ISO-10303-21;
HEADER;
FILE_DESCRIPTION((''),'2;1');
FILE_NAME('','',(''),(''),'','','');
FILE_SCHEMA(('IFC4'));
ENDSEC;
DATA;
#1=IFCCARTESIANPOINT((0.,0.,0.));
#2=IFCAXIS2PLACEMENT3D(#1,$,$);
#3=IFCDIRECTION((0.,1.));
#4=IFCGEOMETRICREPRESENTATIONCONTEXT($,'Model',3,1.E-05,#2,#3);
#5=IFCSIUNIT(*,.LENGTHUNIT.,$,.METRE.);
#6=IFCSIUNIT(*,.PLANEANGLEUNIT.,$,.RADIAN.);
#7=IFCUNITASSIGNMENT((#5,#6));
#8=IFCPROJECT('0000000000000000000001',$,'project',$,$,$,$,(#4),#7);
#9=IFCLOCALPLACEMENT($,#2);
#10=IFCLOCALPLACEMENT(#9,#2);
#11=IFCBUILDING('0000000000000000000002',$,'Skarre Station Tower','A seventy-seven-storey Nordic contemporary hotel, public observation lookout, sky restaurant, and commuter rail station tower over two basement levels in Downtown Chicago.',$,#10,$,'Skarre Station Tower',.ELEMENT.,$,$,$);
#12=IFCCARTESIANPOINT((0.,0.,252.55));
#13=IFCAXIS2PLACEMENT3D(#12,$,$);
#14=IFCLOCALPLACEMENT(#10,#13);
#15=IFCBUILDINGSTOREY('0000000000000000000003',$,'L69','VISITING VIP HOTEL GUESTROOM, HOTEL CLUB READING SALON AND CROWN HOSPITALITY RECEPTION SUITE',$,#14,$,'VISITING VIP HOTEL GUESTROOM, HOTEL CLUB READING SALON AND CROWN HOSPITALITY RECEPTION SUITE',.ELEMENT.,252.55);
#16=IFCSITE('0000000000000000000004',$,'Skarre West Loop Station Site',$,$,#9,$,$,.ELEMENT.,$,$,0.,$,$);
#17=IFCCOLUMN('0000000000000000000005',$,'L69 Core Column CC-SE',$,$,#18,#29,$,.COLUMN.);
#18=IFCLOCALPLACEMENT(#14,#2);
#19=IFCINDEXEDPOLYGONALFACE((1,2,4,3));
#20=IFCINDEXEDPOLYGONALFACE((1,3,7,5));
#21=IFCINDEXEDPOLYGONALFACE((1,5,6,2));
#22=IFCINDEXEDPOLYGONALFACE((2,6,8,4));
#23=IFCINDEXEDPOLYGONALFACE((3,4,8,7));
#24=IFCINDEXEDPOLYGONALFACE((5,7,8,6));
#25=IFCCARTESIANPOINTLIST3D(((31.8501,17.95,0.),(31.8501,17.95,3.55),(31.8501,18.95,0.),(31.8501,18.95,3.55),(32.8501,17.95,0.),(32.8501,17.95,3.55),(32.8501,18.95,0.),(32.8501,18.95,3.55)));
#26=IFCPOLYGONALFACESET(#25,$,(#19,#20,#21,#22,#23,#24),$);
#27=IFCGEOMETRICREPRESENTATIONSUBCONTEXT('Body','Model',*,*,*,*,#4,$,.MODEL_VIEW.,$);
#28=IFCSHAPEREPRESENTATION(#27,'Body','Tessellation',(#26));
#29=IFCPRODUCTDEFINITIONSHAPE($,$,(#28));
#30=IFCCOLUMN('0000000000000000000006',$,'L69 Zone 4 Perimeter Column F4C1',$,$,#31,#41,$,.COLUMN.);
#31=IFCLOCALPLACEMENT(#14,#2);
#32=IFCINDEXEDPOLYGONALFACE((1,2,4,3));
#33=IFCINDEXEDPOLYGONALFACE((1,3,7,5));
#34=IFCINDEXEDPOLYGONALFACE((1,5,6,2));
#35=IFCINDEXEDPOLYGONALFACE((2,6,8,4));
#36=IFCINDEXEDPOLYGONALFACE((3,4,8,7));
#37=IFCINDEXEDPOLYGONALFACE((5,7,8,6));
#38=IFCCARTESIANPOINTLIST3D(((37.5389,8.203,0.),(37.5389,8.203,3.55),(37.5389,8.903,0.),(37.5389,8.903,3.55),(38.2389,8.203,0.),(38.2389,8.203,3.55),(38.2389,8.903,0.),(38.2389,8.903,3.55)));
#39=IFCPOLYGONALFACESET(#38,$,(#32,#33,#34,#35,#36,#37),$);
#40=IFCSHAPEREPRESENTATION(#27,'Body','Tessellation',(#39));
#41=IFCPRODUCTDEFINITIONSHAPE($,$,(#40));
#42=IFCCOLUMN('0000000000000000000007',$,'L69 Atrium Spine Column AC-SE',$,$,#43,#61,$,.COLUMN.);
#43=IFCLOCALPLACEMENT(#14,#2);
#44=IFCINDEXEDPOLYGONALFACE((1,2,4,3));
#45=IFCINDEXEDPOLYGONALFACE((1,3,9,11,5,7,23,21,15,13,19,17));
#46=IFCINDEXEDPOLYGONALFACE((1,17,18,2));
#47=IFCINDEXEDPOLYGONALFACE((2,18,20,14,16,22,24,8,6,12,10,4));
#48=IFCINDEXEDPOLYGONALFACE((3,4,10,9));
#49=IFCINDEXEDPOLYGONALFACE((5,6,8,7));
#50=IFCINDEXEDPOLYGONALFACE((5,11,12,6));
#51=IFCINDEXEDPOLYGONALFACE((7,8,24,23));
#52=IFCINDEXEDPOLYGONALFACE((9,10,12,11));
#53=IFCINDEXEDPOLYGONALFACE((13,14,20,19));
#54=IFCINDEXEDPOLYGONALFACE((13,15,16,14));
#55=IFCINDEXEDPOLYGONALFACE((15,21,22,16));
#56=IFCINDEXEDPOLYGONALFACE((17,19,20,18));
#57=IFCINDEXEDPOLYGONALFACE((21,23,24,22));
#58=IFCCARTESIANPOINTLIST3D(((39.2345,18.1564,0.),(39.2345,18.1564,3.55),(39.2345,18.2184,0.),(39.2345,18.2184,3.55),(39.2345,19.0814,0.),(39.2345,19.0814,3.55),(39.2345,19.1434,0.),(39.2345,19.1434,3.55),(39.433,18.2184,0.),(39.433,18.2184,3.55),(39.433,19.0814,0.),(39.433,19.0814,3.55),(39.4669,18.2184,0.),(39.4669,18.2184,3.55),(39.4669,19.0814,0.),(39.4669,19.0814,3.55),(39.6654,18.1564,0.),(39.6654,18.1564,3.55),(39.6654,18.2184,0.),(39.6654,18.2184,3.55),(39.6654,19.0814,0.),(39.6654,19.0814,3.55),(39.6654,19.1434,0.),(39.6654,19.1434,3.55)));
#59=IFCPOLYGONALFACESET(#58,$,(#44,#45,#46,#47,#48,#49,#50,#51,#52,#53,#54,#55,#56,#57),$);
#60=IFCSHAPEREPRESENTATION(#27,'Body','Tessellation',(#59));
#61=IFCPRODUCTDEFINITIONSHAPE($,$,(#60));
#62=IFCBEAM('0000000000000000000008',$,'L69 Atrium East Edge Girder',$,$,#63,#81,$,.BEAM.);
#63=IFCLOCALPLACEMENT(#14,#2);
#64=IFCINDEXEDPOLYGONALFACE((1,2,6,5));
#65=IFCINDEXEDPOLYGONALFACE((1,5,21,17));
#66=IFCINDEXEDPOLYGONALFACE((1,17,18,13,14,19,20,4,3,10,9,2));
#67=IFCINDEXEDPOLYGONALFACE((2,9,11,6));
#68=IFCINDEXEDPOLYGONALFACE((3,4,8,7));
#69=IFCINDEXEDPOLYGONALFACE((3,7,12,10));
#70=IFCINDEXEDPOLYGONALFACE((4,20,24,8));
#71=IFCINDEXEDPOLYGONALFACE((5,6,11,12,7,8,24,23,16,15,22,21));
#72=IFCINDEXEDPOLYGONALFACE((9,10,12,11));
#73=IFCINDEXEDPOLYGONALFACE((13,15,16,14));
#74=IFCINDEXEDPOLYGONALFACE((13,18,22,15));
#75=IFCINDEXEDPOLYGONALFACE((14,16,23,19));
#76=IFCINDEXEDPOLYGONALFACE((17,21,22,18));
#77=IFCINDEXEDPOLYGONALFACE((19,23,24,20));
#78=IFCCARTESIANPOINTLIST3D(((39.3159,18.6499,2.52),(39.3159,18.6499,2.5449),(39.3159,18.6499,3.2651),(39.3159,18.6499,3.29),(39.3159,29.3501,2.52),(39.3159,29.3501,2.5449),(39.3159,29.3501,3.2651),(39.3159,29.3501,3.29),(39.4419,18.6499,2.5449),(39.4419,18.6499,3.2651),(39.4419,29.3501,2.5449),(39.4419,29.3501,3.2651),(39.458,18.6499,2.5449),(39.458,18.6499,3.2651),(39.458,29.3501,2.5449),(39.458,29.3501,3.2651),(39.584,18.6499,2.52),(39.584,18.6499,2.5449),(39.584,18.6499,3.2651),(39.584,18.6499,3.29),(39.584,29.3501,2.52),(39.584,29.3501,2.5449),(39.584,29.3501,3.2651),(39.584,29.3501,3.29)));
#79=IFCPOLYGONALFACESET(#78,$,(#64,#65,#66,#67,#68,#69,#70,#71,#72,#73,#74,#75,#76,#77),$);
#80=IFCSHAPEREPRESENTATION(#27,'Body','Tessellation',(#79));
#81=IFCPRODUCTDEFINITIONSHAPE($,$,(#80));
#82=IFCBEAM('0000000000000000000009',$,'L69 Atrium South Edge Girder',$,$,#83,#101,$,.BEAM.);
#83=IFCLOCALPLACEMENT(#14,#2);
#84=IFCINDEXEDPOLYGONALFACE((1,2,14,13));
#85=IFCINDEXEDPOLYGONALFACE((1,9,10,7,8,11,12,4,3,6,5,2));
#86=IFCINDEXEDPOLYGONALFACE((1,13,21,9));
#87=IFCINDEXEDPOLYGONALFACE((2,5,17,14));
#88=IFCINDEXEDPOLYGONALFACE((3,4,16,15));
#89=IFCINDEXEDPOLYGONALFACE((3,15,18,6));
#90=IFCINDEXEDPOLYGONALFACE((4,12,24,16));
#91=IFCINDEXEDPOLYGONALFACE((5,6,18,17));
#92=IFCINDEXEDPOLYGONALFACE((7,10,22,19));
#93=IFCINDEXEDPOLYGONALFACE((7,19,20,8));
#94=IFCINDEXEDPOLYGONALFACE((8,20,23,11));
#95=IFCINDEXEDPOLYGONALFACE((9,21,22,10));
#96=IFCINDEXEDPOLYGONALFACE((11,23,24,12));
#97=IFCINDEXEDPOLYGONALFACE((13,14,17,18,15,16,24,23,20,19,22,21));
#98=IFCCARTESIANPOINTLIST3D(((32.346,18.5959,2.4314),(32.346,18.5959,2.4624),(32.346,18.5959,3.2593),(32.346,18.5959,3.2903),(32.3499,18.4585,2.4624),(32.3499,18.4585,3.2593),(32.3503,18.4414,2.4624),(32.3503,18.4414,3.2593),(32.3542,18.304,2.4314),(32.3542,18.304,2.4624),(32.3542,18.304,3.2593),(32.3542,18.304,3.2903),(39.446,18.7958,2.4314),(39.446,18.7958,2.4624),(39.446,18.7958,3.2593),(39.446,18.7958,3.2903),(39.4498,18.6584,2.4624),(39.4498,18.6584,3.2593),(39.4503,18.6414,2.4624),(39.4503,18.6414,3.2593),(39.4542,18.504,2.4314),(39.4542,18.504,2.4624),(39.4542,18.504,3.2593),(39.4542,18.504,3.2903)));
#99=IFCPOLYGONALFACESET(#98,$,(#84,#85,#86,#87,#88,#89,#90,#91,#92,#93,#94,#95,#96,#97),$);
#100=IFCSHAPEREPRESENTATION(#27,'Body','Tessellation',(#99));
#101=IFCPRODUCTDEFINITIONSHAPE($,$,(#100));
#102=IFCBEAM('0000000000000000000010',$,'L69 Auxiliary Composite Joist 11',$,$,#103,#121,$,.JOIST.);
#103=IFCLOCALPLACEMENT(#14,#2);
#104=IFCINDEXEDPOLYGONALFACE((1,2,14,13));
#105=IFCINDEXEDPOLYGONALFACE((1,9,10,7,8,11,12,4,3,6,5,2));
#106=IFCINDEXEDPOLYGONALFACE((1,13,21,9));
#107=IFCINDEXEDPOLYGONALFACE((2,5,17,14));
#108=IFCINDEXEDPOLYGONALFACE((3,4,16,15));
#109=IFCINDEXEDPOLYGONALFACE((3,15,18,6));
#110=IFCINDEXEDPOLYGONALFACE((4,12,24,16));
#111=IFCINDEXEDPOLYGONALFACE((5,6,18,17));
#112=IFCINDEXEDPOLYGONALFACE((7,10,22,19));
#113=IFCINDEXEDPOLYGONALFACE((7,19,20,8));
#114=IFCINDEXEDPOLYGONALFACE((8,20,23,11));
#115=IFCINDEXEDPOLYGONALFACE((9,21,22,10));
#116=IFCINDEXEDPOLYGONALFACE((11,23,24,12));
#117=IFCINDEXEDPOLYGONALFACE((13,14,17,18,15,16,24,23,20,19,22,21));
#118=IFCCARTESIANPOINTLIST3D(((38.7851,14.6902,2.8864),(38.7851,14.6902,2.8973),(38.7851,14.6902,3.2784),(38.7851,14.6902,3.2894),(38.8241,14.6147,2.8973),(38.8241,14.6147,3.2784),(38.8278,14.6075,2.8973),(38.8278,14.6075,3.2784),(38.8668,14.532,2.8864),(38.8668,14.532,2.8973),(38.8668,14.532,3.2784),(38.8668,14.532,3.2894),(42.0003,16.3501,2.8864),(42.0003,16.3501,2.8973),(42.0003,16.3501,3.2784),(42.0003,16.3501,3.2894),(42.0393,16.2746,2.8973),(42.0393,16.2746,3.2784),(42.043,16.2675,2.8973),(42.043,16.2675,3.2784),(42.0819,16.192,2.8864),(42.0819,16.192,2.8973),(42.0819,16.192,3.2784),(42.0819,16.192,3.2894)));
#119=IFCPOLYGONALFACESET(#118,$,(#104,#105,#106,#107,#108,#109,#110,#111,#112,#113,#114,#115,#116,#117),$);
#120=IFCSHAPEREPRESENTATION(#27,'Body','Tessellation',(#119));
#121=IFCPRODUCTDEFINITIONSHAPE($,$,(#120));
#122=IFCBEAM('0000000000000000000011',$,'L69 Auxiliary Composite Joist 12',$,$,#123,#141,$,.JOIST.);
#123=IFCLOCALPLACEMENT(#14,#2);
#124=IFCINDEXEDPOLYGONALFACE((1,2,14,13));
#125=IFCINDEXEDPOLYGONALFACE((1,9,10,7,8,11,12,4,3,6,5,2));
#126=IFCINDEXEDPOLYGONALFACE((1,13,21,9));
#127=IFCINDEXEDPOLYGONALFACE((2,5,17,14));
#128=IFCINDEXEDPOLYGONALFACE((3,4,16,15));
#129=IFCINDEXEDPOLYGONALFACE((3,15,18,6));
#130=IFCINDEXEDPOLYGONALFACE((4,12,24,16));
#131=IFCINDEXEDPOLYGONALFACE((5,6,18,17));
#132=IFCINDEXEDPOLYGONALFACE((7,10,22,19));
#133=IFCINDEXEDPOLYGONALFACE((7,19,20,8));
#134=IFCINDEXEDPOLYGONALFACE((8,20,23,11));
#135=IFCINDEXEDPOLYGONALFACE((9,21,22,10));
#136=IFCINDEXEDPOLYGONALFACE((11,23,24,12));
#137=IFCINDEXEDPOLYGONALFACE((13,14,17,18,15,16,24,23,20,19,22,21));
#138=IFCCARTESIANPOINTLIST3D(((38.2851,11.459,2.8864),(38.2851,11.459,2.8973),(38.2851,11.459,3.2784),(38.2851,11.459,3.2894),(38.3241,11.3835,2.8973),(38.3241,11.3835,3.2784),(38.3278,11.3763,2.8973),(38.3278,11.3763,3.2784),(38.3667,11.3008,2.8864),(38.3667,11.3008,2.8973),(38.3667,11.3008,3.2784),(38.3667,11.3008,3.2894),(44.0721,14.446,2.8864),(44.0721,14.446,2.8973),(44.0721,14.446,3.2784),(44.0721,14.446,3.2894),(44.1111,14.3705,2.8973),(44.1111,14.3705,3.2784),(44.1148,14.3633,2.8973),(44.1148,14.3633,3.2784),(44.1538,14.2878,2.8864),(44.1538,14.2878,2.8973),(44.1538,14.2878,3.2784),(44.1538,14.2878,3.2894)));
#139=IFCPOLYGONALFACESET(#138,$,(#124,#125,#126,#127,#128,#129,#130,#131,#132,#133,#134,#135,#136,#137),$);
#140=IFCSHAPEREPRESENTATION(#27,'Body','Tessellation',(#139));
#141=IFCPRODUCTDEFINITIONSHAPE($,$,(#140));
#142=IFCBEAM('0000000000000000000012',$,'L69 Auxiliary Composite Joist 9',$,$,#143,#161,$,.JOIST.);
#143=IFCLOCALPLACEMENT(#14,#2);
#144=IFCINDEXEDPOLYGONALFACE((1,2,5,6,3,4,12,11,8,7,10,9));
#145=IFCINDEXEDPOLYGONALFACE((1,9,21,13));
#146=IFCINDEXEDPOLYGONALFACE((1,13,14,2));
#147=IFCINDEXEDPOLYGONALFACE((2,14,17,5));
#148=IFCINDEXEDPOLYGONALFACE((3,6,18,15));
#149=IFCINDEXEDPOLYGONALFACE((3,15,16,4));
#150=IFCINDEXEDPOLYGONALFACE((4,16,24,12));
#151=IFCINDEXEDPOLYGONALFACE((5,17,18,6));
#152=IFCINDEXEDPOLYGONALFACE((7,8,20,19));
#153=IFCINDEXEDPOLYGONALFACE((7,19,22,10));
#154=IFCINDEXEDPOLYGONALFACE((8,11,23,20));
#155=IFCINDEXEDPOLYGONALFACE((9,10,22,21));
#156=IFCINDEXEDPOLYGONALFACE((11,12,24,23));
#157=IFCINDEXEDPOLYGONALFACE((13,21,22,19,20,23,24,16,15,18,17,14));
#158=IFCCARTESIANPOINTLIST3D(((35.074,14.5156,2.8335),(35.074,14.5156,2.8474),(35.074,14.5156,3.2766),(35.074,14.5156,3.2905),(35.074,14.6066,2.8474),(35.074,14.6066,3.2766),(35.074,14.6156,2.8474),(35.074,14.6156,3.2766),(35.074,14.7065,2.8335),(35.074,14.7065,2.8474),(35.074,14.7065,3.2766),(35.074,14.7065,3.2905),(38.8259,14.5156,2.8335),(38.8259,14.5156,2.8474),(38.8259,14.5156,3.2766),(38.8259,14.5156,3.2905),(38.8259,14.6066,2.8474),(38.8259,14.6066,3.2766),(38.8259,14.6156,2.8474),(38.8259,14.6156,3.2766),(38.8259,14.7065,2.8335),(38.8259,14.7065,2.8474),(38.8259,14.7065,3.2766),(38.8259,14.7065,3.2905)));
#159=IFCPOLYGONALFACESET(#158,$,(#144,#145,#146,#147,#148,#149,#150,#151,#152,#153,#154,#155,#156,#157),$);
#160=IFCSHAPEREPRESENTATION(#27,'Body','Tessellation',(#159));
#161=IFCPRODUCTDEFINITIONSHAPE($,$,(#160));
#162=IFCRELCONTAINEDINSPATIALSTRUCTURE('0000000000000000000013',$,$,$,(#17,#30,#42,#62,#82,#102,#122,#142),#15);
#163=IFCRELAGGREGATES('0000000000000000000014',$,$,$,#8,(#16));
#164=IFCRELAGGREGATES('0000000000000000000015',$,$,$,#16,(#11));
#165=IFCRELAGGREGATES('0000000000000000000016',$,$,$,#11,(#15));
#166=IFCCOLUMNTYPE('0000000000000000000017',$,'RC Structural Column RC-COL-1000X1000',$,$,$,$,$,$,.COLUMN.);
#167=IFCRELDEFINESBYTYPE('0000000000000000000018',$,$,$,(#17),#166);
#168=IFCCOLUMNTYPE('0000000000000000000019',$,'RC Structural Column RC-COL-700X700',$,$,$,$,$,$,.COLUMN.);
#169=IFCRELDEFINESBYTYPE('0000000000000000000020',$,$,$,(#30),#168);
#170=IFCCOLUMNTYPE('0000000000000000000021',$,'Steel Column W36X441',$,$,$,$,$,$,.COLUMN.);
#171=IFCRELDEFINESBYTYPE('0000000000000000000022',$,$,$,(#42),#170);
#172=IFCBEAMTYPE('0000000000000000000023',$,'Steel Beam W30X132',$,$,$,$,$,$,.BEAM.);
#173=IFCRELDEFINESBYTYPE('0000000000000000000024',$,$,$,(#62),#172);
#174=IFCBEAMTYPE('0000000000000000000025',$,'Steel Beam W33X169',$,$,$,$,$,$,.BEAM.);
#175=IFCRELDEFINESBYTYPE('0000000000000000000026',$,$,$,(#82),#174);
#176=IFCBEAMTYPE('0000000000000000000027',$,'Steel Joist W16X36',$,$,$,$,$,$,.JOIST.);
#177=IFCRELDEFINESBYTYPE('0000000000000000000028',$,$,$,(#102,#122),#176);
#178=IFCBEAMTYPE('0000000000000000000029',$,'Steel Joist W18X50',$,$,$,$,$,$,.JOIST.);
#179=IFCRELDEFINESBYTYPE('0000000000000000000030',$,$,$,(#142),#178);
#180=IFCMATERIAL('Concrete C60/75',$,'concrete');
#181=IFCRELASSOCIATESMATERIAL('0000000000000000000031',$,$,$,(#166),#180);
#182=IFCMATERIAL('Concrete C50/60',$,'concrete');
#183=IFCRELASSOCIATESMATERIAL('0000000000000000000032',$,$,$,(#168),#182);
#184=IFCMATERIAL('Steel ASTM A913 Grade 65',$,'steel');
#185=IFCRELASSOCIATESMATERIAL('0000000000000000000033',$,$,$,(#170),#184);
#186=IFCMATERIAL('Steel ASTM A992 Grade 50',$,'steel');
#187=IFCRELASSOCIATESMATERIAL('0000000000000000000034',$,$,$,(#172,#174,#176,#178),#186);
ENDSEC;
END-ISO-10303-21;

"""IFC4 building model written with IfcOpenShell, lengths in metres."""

from ifc_helpers import new_model, si_unit, direction, frame, origin, origin_2d, place, context, subcontext, project, spatial, rectangle, i_section, extrude, material, material_profile, profile_set, type_object, element, save


model = new_model("IFC4")

# Units and contexts
model_context = context("Model", 3, precision=1e-05, world=origin(), true_north=direction((0.0, 1.0)))
body_context = subcontext(model_context, "Body", "Model", "MODEL_VIEW")
ifc_project = project(units=[si_unit("LENGTHUNIT", "METRE"), si_unit("PLANEANGLEUNIT", "RADIAN")], contexts=[model_context])

# Site, building, storey
site_placement = place(None, origin())
site = spatial("IfcSite", under=ifc_project, at=site_placement, Name="Skarre West Loop Station Site", CompositionType="ELEMENT", RefElevation=0.0)
building_placement = place(site_placement, origin())
building = spatial("IfcBuilding", under=site, at=building_placement, Name="Skarre Station Tower", Description="A seventy-seven-storey Nordic contemporary hotel, public observation lookout, sky restaurant, and commuter rail station tower over two basement levels in Downtown Chicago.", LongName="Skarre Station Tower", CompositionType="ELEMENT")
storey_placement = place(building_placement, frame((0.0, 0.0, 252.55)))
storey = spatial("IfcBuildingStorey", under=building, at=storey_placement, Name="L69", Description="VISITING VIP HOTEL GUESTROOM, HOTEL CLUB READING SALON AND CROWN HOSPITALITY RECEPTION SUITE", LongName="VISITING VIP HOTEL GUESTROOM, HOTEL CLUB READING SALON AND CROWN HOSPITALITY RECEPTION SUITE", CompositionType="ELEMENT", Elevation=252.55)

# Columns
ifc_material_1 = material(Name="Concrete C60/75", Category="concrete")
ifc_material_profile_1 = material_profile(ifc_material_1, rectangle(XDim=1.0, YDim=1.0, at=origin_2d()), Name="Concrete C60/75")
ifc_profile_set_1 = profile_set([ifc_material_profile_1], Name="Concrete C60/75")
column_type_1 = type_object("IfcColumnType", Name="RC Structural Column RC-COL-1000X1000", PredefinedType="COLUMN", material=ifc_profile_set_1)
column_1_placement = place(storey_placement, frame((32.3501, 18.45, 0.0), z_axis=(0.0, 0.0, 1.0), x_axis=(1.0, 0.0, 0.0)))
element("IfcColumn", 1, at=column_1_placement, inside=storey, type_object=column_type_1, Name="L69 Core Column CC-SE", PredefinedType="COLUMN", context=body_context, shape_type="SweptSolid", body=[
    extrude(rectangle(XDim=1.0, YDim=1.0, at=origin_2d()), origin(), (0.0, 0.0, 1.0), 3.55),
])
ifc_material_2 = material(Name="Concrete C50/60", Category="concrete")
ifc_material_profile_2 = material_profile(ifc_material_2, rectangle(XDim=0.7, YDim=0.7, at=origin_2d()), Name="Concrete C50/60")
ifc_profile_set_2 = profile_set([ifc_material_profile_2], Name="Concrete C50/60")
column_type_2 = type_object("IfcColumnType", Name="RC Structural Column RC-COL-700X700", PredefinedType="COLUMN", material=ifc_profile_set_2)
column_2_placement = place(storey_placement, frame((37.8889, 8.553, 0.0), z_axis=(0.0, 0.0, 1.0), x_axis=(1.0, 0.0, 0.0)))
element("IfcColumn", 2, at=column_2_placement, inside=storey, type_object=column_type_2, Name="L69 Zone 4 Perimeter Column F4C1", PredefinedType="COLUMN", context=body_context, shape_type="SweptSolid", body=[
    extrude(rectangle(XDim=0.7, YDim=0.7, at=origin_2d()), origin(), (0.0, 0.0, 1.0), 3.55),
])
ifc_material_3 = material(Name="Steel ASTM A913 Grade 65", Category="steel")
ifc_material_profile_3 = material_profile(ifc_material_3, i_section(OverallWidth=0.4309, OverallDepth=0.9871, WebThickness=0.0339, FlangeThickness=0.062, at=origin_2d()), Name="Steel ASTM A913 Grade 65")
ifc_profile_set_3 = profile_set([ifc_material_profile_3], Name="Steel ASTM A913 Grade 65")
column_type_3 = type_object("IfcColumnType", Name="Steel Column W36X441", PredefinedType="COLUMN", material=ifc_profile_set_3)
column_3_placement = place(storey_placement, frame((39.45, 18.6499, 0.0), z_axis=(0.0, 0.0, 1.0), x_axis=(1.0, 0.0, 0.0)))
element("IfcColumn", 3, at=column_3_placement, inside=storey, type_object=column_type_3, Name="L69 Atrium Spine Column AC-SE", PredefinedType="COLUMN", context=body_context, shape_type="SweptSolid", body=[
    extrude(i_section(OverallWidth=0.4309, OverallDepth=0.9871, WebThickness=0.0339, FlangeThickness=0.062, at=origin_2d()), origin(), (0.0, 0.0, 1.0), 3.55),
])

# Beams
ifc_material_4 = material(Name="Steel ASTM A992 Grade 50", Category="steel")
ifc_material_profile_4 = material_profile(ifc_material_4, i_section(OverallWidth=0.2681, OverallDepth=0.77, WebThickness=0.0161, FlangeThickness=0.0249, at=origin_2d()), Name="Steel ASTM A992 Grade 50")
ifc_profile_set_4 = profile_set([ifc_material_profile_4], Name="Steel ASTM A992 Grade 50")
beam_type_1 = type_object("IfcBeamType", Name="Steel Beam W30X132", PredefinedType="BEAM", material=ifc_profile_set_4)
beam_1_placement = place(storey_placement, frame((39.45, 18.6499, 2.905), z_axis=(0.0, 1.0, 0.0), x_axis=(-1.0, 0.0, 0.0)))
element("IfcBeam", 4, at=beam_1_placement, inside=storey, type_object=beam_type_1, Name="L69 Atrium East Edge Girder", PredefinedType="BEAM", context=body_context, shape_type="SweptSolid", body=[
    extrude(i_section(OverallWidth=0.2681, OverallDepth=0.77, WebThickness=0.0161, FlangeThickness=0.0249, at=origin_2d()), origin(), (0.0, 0.0, 1.0), 10.7002),
])
ifc_material_profile_5 = material_profile(ifc_material_4, i_section(OverallWidth=0.292, OverallDepth=0.8589, WebThickness=0.0171, FlangeThickness=0.031, at=origin_2d()), Name="Steel ASTM A992 Grade 50")
ifc_profile_set_5 = profile_set([ifc_material_profile_5], Name="Steel ASTM A992 Grade 50")
beam_type_2 = type_object("IfcBeamType", Name="Steel Beam W33X169", PredefinedType="BEAM", material=ifc_profile_set_5)
beam_2_placement = place(storey_placement, frame((32.3501, 18.45, 2.8608), z_axis=(0.999604, 0.028152, 0.0), x_axis=(-0.028152, 0.999604, 0.0)))
element("IfcBeam", 5, at=beam_2_placement, inside=storey, type_object=beam_type_2, Name="L69 Atrium South Edge Girder", PredefinedType="BEAM", context=body_context, shape_type="SweptSolid", body=[
    extrude(i_section(OverallWidth=0.292, OverallDepth=0.8589, WebThickness=0.0171, FlangeThickness=0.031, at=origin_2d()), origin(), (0.0, 0.0, 1.0), 7.1028),
])
ifc_material_profile_6 = material_profile(ifc_material_4, i_section(OverallWidth=0.178, OverallDepth=0.4031, WebThickness=0.0081, FlangeThickness=0.011, at=origin_2d()), Name="Steel ASTM A992 Grade 50")
ifc_profile_set_6 = profile_set([ifc_material_profile_6], Name="Steel ASTM A992 Grade 50")
beam_type_3 = type_object("IfcBeamType", Name="Steel Joist W16X36", PredefinedType="JOIST", material=ifc_profile_set_6)
beam_3_placement = place(storey_placement, frame((38.8259, 14.6111, 3.0879), z_axis=(0.888563, 0.458755, 0.0), x_axis=(-0.458755, 0.888563, 0.0)))
element("IfcBeam", 6, at=beam_3_placement, inside=storey, type_object=beam_type_3, Name="L69 Auxiliary Composite Joist 11", PredefinedType="JOIST", context=body_context, shape_type="SweptSolid", body=[
    extrude(i_section(OverallWidth=0.178, OverallDepth=0.4031, WebThickness=0.0081, FlangeThickness=0.011, at=origin_2d()), origin(), (0.0, 0.0, 1.0), 3.6184),
])
beam_4_placement = place(storey_placement, frame((38.3259, 11.3799, 3.0879), z_axis=(0.88861, 0.458663, 0.0), x_axis=(-0.458663, 0.88861, 0.0)))
element("IfcBeam", 7, at=beam_4_placement, inside=storey, type_object=beam_type_3, Name="L69 Auxiliary Composite Joist 12", PredefinedType="JOIST", context=body_context, shape_type="SweptSolid", body=[
    extrude(i_section(OverallWidth=0.178, OverallDepth=0.4031, WebThickness=0.0081, FlangeThickness=0.011, at=origin_2d()), origin(), (0.0, 0.0, 1.0), 6.5125),
])
ifc_material_profile_7 = material_profile(ifc_material_4, i_section(OverallWidth=0.1909, OverallDepth=0.457, WebThickness=0.009, FlangeThickness=0.0139, at=origin_2d()), Name="Steel ASTM A992 Grade 50")
ifc_profile_set_7 = profile_set([ifc_material_profile_7], Name="Steel ASTM A992 Grade 50")
beam_type_4 = type_object("IfcBeamType", Name="Steel Joist W18X50", PredefinedType="JOIST", material=ifc_profile_set_7)
beam_5_placement = place(storey_placement, frame((35.074, 14.6111, 3.062), z_axis=(1.0, 0.0, 0.0), x_axis=(0.0, 1.0, 0.0)))
element("IfcBeam", 8, at=beam_5_placement, inside=storey, type_object=beam_type_4, Name="L69 Auxiliary Composite Joist 9", PredefinedType="JOIST", context=body_context, shape_type="SweptSolid", body=[
    extrude(i_section(OverallWidth=0.1909, OverallDepth=0.457, WebThickness=0.009, FlangeThickness=0.0139, at=origin_2d()), origin(), (0.0, 0.0, 1.0), 3.752),
])

save(model, "model.ifc")
